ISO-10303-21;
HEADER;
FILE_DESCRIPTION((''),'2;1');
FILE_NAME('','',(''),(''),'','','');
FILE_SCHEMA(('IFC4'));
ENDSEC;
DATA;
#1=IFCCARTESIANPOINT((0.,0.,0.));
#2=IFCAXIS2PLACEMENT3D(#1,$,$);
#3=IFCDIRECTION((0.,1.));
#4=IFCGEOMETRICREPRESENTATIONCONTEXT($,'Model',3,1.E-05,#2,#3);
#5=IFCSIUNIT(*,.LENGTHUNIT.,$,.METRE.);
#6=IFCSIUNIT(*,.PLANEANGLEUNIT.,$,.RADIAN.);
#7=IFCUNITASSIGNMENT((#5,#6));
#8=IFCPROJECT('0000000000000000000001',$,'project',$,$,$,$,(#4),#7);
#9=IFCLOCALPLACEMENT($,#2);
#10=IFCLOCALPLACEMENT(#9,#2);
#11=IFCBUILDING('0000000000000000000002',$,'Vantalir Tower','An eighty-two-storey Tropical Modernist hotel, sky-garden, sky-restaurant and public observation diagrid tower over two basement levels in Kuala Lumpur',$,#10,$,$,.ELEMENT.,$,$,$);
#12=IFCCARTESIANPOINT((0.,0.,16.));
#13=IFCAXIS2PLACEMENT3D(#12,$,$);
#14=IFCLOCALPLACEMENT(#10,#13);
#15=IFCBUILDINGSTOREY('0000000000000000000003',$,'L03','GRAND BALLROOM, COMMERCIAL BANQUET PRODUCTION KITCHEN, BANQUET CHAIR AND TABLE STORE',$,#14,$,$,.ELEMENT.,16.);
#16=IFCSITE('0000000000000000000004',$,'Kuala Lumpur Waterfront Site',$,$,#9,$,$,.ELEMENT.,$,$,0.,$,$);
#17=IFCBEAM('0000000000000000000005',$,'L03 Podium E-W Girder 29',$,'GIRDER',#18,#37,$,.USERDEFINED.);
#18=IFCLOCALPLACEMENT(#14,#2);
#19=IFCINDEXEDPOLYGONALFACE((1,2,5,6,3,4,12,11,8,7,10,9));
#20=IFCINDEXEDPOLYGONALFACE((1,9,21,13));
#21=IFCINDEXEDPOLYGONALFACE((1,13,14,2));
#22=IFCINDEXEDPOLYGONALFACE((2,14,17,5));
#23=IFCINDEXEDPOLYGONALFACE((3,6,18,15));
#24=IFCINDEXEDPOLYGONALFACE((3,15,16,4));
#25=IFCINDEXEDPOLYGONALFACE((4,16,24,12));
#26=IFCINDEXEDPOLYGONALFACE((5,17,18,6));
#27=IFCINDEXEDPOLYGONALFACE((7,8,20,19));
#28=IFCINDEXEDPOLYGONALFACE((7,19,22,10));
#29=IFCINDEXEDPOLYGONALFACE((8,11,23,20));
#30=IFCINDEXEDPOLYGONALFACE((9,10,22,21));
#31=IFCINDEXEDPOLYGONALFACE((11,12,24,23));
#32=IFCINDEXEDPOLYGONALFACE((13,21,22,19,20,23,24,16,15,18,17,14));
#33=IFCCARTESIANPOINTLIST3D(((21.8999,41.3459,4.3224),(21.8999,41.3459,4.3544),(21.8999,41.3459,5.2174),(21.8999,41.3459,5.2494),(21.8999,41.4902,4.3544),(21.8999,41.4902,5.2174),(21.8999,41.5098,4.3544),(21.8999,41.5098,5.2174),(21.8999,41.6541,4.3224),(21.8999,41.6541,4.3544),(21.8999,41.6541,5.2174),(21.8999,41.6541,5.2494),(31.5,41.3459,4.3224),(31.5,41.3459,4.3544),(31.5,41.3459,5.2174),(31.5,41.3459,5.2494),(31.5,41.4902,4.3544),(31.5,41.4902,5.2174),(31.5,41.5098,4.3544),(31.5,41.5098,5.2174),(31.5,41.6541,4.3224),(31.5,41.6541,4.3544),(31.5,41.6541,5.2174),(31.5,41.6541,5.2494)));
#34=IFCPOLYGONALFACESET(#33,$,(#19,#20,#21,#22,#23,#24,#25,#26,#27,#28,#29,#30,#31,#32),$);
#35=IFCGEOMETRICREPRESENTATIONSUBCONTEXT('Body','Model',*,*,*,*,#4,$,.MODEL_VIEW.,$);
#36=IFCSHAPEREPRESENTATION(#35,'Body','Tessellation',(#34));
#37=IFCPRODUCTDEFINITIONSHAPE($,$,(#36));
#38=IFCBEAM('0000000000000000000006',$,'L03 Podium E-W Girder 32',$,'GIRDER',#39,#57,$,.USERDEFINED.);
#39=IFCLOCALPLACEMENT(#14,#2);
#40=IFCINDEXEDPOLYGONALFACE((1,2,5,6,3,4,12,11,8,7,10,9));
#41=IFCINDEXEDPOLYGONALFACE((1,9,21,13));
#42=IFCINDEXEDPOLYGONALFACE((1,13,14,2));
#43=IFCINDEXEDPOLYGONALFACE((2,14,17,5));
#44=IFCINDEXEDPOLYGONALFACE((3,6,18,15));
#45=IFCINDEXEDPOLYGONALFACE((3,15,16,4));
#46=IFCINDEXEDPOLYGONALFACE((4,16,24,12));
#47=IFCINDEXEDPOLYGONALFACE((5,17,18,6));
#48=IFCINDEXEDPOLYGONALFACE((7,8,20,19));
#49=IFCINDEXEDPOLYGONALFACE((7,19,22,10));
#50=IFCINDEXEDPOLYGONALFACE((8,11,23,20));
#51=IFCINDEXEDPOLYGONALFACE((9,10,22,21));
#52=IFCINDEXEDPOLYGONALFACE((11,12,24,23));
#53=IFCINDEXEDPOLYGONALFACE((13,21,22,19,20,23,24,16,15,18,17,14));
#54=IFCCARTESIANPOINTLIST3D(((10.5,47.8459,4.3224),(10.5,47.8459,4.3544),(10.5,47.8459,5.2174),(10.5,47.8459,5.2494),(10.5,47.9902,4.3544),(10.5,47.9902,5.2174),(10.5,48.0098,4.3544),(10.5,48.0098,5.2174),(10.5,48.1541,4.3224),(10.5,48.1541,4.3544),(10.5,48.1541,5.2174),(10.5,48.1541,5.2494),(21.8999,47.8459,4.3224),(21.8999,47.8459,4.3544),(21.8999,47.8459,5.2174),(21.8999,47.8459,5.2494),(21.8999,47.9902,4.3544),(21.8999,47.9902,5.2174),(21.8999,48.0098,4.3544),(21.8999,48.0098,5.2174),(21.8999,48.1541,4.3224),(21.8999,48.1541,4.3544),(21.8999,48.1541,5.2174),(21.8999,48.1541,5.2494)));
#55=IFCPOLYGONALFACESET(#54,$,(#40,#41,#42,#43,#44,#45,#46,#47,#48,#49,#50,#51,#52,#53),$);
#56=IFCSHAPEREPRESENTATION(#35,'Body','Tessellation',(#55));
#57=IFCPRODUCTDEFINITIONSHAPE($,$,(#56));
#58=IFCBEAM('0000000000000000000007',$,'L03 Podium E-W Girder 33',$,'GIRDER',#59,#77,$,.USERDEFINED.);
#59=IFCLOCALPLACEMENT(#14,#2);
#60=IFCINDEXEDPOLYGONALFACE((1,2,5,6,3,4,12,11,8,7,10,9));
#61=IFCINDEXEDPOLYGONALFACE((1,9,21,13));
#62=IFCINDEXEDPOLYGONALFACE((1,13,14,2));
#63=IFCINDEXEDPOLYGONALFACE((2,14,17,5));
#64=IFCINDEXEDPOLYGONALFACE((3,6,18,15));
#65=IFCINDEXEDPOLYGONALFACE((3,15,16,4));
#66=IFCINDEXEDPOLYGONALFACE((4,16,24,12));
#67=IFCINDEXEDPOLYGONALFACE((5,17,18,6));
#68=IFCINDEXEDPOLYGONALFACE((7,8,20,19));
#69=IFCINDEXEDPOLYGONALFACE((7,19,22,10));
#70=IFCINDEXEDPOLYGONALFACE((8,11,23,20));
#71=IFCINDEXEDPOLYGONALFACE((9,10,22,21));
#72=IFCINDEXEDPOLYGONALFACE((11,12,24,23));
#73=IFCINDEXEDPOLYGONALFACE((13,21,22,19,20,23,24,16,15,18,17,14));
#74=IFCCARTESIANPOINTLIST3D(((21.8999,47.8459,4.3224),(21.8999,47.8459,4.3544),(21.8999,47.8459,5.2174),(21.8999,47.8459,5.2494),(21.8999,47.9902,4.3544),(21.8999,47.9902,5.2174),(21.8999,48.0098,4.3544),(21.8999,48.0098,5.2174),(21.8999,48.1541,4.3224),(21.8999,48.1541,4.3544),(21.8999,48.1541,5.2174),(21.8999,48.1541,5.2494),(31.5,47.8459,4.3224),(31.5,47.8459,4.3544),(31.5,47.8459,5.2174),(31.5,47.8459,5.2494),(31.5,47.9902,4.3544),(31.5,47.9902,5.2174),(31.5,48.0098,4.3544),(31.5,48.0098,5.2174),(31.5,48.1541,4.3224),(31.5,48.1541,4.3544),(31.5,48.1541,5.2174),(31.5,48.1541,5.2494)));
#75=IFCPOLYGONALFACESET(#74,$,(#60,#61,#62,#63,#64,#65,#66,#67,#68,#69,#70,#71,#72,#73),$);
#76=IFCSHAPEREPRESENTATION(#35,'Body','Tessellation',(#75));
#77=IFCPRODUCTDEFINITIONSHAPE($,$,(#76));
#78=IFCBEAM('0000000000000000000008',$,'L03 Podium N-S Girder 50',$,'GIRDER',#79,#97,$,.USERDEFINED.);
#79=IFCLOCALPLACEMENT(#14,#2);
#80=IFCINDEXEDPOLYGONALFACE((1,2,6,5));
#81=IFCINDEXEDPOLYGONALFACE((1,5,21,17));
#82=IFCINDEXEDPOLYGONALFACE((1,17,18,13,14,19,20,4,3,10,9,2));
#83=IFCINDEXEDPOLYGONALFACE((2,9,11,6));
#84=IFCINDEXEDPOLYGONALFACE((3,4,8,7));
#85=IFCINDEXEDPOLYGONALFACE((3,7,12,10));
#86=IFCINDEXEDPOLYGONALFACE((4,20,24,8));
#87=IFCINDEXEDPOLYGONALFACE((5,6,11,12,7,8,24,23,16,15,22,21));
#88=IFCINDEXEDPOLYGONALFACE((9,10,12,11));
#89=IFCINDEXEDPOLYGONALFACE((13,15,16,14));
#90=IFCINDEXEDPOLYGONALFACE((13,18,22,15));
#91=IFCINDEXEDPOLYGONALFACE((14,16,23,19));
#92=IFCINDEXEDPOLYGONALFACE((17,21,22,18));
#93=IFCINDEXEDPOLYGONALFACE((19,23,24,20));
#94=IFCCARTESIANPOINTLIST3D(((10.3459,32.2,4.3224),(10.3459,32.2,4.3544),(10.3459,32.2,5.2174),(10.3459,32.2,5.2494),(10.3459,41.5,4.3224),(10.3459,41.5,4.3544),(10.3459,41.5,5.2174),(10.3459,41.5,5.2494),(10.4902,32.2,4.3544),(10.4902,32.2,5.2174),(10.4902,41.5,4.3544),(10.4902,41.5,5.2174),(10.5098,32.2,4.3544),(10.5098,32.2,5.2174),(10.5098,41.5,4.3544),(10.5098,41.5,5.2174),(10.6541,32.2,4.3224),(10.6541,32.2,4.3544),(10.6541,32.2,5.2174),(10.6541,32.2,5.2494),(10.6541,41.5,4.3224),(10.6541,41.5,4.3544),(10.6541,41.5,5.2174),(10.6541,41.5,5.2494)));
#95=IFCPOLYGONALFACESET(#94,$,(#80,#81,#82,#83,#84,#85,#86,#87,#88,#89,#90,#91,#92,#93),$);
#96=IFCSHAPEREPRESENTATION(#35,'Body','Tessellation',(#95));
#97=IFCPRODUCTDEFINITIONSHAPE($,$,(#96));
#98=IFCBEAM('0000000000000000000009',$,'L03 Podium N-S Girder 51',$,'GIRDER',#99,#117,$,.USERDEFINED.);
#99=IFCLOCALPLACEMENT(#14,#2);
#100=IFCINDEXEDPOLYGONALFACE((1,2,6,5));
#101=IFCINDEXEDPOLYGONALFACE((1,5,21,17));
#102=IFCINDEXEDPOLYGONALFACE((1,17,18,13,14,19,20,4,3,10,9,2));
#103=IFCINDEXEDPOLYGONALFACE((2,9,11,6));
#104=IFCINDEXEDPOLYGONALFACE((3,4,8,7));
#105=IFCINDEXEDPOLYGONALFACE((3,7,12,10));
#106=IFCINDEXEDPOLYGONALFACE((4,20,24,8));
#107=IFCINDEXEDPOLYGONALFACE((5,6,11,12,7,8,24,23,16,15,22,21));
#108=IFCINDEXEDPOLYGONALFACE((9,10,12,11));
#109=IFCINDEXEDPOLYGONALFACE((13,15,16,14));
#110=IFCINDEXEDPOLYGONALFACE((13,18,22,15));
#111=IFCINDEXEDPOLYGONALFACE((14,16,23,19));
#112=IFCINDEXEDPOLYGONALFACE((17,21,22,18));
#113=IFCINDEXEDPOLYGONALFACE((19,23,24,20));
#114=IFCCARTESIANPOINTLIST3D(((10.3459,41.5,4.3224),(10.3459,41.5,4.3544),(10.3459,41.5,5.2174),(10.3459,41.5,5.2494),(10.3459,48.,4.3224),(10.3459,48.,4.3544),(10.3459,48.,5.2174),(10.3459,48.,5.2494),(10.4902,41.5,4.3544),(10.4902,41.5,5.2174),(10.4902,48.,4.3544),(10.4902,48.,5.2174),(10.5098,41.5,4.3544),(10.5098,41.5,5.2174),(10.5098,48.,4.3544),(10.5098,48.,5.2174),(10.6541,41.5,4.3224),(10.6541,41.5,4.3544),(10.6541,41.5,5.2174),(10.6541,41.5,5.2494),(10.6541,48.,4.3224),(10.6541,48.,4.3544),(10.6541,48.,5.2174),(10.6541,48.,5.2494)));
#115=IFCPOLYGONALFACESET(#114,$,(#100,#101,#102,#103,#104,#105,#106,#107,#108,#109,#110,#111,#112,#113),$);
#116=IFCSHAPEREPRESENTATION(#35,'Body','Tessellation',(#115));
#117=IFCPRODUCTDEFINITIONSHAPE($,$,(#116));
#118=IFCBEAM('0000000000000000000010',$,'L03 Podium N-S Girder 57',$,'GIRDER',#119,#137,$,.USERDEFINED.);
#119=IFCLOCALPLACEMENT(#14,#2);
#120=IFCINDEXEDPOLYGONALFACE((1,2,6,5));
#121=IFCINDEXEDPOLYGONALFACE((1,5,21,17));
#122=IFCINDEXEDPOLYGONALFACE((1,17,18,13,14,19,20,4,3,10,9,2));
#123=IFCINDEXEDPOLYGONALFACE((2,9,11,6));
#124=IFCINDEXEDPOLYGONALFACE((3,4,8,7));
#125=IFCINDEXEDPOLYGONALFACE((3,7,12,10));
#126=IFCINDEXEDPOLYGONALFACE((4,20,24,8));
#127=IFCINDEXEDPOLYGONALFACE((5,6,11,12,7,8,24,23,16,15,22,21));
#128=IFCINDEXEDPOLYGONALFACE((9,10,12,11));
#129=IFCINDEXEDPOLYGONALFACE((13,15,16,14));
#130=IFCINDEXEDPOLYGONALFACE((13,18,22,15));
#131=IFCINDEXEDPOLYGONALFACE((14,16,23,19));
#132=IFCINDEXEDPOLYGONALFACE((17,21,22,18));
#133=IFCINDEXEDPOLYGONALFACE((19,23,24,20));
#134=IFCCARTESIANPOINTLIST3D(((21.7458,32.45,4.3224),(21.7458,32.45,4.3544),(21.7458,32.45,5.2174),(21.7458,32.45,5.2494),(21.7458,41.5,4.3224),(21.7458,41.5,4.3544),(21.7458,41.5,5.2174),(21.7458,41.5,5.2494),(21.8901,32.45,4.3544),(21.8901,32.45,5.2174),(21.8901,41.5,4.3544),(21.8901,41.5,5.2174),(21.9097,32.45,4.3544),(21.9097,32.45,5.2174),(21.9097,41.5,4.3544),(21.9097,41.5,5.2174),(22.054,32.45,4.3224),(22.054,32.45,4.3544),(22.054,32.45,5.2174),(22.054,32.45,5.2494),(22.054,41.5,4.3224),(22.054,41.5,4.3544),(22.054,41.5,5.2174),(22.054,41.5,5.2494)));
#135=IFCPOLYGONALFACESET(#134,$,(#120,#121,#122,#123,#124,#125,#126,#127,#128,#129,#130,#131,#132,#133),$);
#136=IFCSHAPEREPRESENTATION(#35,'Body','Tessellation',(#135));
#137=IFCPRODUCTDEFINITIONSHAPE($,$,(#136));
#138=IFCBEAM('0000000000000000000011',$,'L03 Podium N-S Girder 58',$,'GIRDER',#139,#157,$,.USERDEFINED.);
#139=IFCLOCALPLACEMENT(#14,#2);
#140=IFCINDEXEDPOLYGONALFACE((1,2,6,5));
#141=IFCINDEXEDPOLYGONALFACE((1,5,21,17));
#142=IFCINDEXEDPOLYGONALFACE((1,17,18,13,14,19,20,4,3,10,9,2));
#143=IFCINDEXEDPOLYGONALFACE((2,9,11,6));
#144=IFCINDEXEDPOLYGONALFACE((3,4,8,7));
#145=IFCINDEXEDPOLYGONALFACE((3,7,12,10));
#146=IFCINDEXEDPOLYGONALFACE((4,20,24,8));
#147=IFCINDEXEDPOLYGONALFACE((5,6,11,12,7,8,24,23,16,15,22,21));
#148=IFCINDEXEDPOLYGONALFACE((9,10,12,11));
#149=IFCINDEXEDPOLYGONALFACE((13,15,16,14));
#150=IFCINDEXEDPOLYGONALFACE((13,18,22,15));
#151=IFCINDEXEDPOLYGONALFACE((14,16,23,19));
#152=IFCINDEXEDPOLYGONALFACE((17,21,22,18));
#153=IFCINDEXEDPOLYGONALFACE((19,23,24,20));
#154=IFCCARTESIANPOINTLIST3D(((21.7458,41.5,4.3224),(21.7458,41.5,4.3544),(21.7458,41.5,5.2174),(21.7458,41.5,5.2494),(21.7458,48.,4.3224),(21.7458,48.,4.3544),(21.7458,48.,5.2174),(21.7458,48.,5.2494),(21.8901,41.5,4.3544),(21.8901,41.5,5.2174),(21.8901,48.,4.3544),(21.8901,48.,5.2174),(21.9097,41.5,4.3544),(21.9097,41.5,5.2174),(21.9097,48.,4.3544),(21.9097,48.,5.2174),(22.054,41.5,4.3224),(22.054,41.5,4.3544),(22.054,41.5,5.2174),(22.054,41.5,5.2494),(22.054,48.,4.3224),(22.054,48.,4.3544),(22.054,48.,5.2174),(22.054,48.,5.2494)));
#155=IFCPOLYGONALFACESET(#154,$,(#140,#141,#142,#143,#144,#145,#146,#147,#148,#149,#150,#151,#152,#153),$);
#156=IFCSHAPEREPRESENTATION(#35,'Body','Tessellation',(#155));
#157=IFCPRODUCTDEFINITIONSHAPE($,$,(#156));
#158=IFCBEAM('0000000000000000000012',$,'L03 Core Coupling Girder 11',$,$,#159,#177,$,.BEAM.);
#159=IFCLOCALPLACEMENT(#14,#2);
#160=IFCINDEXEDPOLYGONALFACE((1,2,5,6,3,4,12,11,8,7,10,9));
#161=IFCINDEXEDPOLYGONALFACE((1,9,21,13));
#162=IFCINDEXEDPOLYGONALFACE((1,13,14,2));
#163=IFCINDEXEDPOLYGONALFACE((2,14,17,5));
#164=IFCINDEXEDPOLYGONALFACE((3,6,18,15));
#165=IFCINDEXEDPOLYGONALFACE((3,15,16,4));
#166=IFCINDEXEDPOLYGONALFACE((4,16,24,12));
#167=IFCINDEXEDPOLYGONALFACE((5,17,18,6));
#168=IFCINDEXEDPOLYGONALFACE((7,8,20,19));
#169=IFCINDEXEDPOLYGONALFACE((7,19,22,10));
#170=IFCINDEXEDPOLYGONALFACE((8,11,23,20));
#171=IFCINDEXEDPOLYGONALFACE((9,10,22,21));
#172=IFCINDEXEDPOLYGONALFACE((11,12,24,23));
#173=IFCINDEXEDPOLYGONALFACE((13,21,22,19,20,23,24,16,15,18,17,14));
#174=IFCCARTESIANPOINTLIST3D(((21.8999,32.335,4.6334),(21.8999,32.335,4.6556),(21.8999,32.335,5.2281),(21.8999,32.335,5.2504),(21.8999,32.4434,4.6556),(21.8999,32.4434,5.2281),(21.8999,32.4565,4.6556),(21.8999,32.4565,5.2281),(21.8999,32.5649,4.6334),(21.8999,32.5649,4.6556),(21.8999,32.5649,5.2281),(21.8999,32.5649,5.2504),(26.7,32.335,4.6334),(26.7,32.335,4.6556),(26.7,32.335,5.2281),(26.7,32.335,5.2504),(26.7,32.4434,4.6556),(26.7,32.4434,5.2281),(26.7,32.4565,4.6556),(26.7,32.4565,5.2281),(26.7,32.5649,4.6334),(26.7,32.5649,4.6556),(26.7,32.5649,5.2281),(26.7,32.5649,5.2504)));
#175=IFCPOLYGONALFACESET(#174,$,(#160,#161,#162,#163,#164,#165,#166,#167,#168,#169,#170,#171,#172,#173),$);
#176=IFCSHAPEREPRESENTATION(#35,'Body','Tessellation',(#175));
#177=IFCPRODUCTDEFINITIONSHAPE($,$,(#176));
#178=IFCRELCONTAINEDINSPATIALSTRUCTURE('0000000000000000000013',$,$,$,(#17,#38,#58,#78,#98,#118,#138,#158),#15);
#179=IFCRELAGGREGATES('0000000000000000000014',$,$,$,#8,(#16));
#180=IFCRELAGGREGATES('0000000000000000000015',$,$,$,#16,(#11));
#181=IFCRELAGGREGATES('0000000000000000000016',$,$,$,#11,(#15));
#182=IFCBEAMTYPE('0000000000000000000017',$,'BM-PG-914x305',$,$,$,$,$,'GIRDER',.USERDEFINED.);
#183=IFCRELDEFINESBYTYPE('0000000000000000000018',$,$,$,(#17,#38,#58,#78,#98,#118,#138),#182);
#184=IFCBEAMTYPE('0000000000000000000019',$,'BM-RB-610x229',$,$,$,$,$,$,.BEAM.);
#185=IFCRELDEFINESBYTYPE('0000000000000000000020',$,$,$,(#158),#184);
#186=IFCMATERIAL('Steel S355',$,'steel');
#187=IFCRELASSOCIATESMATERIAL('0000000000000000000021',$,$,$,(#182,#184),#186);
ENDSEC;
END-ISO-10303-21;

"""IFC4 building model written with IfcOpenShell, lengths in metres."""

from ifc_helpers import new_model, si_unit, direction, frame, origin, origin_2d, place, context, subcontext, project, spatial, i_section, extrude, material, material_profile, profile_set, type_object, element, save


model = new_model("IFC4")

# Units and contexts
model_context = context("Model", 3, precision=1e-05, world=origin(), true_north=direction((0.0, 1.0)))
body_context = subcontext(model_context, "Body", "Model", "MODEL_VIEW")
ifc_project = project(units=[si_unit("LENGTHUNIT", "METRE"), si_unit("PLANEANGLEUNIT", "RADIAN")], contexts=[model_context])

# Site, building, storey
site_placement = place(None, origin())
site = spatial("IfcSite", under=ifc_project, at=site_placement, Name="Kuala Lumpur Waterfront Site", CompositionType="ELEMENT", RefElevation=0.0)
building_placement = place(site_placement, origin())
building = spatial("IfcBuilding", under=site, at=building_placement, Name="Vantalir Tower", Description="An eighty-two-storey Tropical Modernist hotel, sky-garden, sky-restaurant and public observation diagrid tower over two basement levels in Kuala Lumpur", CompositionType="ELEMENT")
storey_placement = place(building_placement, frame((0.0, 0.0, 16.0)))
storey = spatial("IfcBuildingStorey", under=building, at=storey_placement, Name="L03", Description="GRAND BALLROOM, COMMERCIAL BANQUET PRODUCTION KITCHEN, BANQUET CHAIR AND TABLE STORE", CompositionType="ELEMENT", Elevation=16.0)

# Beams
ifc_material_1 = material(Name="Steel S355", Category="steel")
ifc_material_profile_1 = material_profile(ifc_material_1, i_section(OverallWidth=0.3081, OverallDepth=0.927, WebThickness=0.0195, FlangeThickness=0.032, at=origin_2d()), Name="Steel S355")
ifc_profile_set_1 = profile_set([ifc_material_profile_1], Name="Steel S355")
beam_type_1 = type_object("IfcBeamType", Name="BM-PG-914x305", ElementType="GIRDER", PredefinedType="USERDEFINED", material=ifc_profile_set_1)
beam_1_placement = place(storey_placement, frame((21.8999, 41.5, 4.7859), z_axis=(1.0, 0.0, 0.0), x_axis=(0.0, 1.0, 0.0)))
element("IfcBeam", 1, at=beam_1_placement, inside=storey, type_object=beam_type_1, Name="L03 Podium E-W Girder 29", ObjectType="GIRDER", PredefinedType="USERDEFINED", context=body_context, shape_type="SweptSolid", body=[
    extrude(i_section(OverallWidth=0.3081, OverallDepth=0.927, WebThickness=0.0195, FlangeThickness=0.032, at=origin_2d()), origin(), (0.0, 0.0, 1.0), 9.6001),
])
beam_2_placement = place(storey_placement, frame((10.5, 48.0, 4.7859), z_axis=(1.0, 0.0, 0.0), x_axis=(0.0, 1.0, 0.0)))
element("IfcBeam", 2, at=beam_2_placement, inside=storey, type_object=beam_type_1, Name="L03 Podium E-W Girder 32", ObjectType="GIRDER", PredefinedType="USERDEFINED", context=body_context, shape_type="SweptSolid", body=[
    extrude(i_section(OverallWidth=0.3081, OverallDepth=0.927, WebThickness=0.0195, FlangeThickness=0.032, at=origin_2d()), origin(), (0.0, 0.0, 1.0), 11.3999),
])
beam_3_placement = place(storey_placement, frame((21.8999, 48.0, 4.7859), z_axis=(1.0, 0.0, 0.0), x_axis=(0.0, 1.0, 0.0)))
element("IfcBeam", 3, at=beam_3_placement, inside=storey, type_object=beam_type_1, Name="L03 Podium E-W Girder 33", ObjectType="GIRDER", PredefinedType="USERDEFINED", context=body_context, shape_type="SweptSolid", body=[
    extrude(i_section(OverallWidth=0.3081, OverallDepth=0.927, WebThickness=0.0195, FlangeThickness=0.032, at=origin_2d()), origin(), (0.0, 0.0, 1.0), 9.6001),
])
beam_4_placement = place(storey_placement, frame((10.5, 32.2, 4.7859), z_axis=(0.0, 1.0, 0.0), x_axis=(-1.0, 0.0, 0.0)))
element("IfcBeam", 4, at=beam_4_placement, inside=storey, type_object=beam_type_1, Name="L03 Podium N-S Girder 50", ObjectType="GIRDER", PredefinedType="USERDEFINED", context=body_context, shape_type="SweptSolid", body=[
    extrude(i_section(OverallWidth=0.3081, OverallDepth=0.927, WebThickness=0.0195, FlangeThickness=0.032, at=origin_2d()), origin(), (0.0, 0.0, 1.0), 9.3),
])
beam_5_placement = place(storey_placement, frame((10.5, 41.5, 4.7859), z_axis=(0.0, 1.0, 0.0), x_axis=(-1.0, 0.0, 0.0)))
element("IfcBeam", 5, at=beam_5_placement, inside=storey, type_object=beam_type_1, Name="L03 Podium N-S Girder 51", ObjectType="GIRDER", PredefinedType="USERDEFINED", context=body_context, shape_type="SweptSolid", body=[
    extrude(i_section(OverallWidth=0.3081, OverallDepth=0.927, WebThickness=0.0195, FlangeThickness=0.032, at=origin_2d()), origin(), (0.0, 0.0, 1.0), 6.5),
])
beam_6_placement = place(storey_placement, frame((21.8999, 32.45, 4.7859), z_axis=(0.0, 1.0, 0.0), x_axis=(-1.0, 0.0, 0.0)))
element("IfcBeam", 6, at=beam_6_placement, inside=storey, type_object=beam_type_1, Name="L03 Podium N-S Girder 57", ObjectType="GIRDER", PredefinedType="USERDEFINED", context=body_context, shape_type="SweptSolid", body=[
    extrude(i_section(OverallWidth=0.3081, OverallDepth=0.927, WebThickness=0.0195, FlangeThickness=0.032, at=origin_2d()), origin(), (0.0, 0.0, 1.0), 9.05),
])
beam_7_placement = place(storey_placement, frame((21.8999, 41.5, 4.7859), z_axis=(0.0, 1.0, 0.0), x_axis=(-1.0, 0.0, 0.0)))
element("IfcBeam", 7, at=beam_7_placement, inside=storey, type_object=beam_type_1, Name="L03 Podium N-S Girder 58", ObjectType="GIRDER", PredefinedType="USERDEFINED", context=body_context, shape_type="SweptSolid", body=[
    extrude(i_section(OverallWidth=0.3081, OverallDepth=0.927, WebThickness=0.0195, FlangeThickness=0.032, at=origin_2d()), origin(), (0.0, 0.0, 1.0), 6.5),
])
ifc_material_profile_2 = material_profile(ifc_material_1, i_section(OverallWidth=0.23, OverallDepth=0.6169, WebThickness=0.0132, FlangeThickness=0.0222, at=origin_2d()), Name="Steel S355")
ifc_profile_set_2 = profile_set([ifc_material_profile_2], Name="Steel S355")
beam_type_2 = type_object("IfcBeamType", Name="BM-RB-610x229", PredefinedType="BEAM", material=ifc_profile_set_2)
beam_8_placement = place(storey_placement, frame((26.7, 32.45, 4.9419), z_axis=(-1.0, 0.0, 0.0), x_axis=(0.0, -1.0, 0.0)))
element("IfcBeam", 8, at=beam_8_placement, inside=storey, type_object=beam_type_2, Name="L03 Core Coupling Girder 11", PredefinedType="BEAM", context=body_context, shape_type="SweptSolid", body=[
    extrude(i_section(OverallWidth=0.23, OverallDepth=0.6169, WebThickness=0.0132, FlangeThickness=0.0222, at=origin_2d()), origin(), (0.0, 0.0, 1.0), 4.8),
])

save(model, "model.ifc")
